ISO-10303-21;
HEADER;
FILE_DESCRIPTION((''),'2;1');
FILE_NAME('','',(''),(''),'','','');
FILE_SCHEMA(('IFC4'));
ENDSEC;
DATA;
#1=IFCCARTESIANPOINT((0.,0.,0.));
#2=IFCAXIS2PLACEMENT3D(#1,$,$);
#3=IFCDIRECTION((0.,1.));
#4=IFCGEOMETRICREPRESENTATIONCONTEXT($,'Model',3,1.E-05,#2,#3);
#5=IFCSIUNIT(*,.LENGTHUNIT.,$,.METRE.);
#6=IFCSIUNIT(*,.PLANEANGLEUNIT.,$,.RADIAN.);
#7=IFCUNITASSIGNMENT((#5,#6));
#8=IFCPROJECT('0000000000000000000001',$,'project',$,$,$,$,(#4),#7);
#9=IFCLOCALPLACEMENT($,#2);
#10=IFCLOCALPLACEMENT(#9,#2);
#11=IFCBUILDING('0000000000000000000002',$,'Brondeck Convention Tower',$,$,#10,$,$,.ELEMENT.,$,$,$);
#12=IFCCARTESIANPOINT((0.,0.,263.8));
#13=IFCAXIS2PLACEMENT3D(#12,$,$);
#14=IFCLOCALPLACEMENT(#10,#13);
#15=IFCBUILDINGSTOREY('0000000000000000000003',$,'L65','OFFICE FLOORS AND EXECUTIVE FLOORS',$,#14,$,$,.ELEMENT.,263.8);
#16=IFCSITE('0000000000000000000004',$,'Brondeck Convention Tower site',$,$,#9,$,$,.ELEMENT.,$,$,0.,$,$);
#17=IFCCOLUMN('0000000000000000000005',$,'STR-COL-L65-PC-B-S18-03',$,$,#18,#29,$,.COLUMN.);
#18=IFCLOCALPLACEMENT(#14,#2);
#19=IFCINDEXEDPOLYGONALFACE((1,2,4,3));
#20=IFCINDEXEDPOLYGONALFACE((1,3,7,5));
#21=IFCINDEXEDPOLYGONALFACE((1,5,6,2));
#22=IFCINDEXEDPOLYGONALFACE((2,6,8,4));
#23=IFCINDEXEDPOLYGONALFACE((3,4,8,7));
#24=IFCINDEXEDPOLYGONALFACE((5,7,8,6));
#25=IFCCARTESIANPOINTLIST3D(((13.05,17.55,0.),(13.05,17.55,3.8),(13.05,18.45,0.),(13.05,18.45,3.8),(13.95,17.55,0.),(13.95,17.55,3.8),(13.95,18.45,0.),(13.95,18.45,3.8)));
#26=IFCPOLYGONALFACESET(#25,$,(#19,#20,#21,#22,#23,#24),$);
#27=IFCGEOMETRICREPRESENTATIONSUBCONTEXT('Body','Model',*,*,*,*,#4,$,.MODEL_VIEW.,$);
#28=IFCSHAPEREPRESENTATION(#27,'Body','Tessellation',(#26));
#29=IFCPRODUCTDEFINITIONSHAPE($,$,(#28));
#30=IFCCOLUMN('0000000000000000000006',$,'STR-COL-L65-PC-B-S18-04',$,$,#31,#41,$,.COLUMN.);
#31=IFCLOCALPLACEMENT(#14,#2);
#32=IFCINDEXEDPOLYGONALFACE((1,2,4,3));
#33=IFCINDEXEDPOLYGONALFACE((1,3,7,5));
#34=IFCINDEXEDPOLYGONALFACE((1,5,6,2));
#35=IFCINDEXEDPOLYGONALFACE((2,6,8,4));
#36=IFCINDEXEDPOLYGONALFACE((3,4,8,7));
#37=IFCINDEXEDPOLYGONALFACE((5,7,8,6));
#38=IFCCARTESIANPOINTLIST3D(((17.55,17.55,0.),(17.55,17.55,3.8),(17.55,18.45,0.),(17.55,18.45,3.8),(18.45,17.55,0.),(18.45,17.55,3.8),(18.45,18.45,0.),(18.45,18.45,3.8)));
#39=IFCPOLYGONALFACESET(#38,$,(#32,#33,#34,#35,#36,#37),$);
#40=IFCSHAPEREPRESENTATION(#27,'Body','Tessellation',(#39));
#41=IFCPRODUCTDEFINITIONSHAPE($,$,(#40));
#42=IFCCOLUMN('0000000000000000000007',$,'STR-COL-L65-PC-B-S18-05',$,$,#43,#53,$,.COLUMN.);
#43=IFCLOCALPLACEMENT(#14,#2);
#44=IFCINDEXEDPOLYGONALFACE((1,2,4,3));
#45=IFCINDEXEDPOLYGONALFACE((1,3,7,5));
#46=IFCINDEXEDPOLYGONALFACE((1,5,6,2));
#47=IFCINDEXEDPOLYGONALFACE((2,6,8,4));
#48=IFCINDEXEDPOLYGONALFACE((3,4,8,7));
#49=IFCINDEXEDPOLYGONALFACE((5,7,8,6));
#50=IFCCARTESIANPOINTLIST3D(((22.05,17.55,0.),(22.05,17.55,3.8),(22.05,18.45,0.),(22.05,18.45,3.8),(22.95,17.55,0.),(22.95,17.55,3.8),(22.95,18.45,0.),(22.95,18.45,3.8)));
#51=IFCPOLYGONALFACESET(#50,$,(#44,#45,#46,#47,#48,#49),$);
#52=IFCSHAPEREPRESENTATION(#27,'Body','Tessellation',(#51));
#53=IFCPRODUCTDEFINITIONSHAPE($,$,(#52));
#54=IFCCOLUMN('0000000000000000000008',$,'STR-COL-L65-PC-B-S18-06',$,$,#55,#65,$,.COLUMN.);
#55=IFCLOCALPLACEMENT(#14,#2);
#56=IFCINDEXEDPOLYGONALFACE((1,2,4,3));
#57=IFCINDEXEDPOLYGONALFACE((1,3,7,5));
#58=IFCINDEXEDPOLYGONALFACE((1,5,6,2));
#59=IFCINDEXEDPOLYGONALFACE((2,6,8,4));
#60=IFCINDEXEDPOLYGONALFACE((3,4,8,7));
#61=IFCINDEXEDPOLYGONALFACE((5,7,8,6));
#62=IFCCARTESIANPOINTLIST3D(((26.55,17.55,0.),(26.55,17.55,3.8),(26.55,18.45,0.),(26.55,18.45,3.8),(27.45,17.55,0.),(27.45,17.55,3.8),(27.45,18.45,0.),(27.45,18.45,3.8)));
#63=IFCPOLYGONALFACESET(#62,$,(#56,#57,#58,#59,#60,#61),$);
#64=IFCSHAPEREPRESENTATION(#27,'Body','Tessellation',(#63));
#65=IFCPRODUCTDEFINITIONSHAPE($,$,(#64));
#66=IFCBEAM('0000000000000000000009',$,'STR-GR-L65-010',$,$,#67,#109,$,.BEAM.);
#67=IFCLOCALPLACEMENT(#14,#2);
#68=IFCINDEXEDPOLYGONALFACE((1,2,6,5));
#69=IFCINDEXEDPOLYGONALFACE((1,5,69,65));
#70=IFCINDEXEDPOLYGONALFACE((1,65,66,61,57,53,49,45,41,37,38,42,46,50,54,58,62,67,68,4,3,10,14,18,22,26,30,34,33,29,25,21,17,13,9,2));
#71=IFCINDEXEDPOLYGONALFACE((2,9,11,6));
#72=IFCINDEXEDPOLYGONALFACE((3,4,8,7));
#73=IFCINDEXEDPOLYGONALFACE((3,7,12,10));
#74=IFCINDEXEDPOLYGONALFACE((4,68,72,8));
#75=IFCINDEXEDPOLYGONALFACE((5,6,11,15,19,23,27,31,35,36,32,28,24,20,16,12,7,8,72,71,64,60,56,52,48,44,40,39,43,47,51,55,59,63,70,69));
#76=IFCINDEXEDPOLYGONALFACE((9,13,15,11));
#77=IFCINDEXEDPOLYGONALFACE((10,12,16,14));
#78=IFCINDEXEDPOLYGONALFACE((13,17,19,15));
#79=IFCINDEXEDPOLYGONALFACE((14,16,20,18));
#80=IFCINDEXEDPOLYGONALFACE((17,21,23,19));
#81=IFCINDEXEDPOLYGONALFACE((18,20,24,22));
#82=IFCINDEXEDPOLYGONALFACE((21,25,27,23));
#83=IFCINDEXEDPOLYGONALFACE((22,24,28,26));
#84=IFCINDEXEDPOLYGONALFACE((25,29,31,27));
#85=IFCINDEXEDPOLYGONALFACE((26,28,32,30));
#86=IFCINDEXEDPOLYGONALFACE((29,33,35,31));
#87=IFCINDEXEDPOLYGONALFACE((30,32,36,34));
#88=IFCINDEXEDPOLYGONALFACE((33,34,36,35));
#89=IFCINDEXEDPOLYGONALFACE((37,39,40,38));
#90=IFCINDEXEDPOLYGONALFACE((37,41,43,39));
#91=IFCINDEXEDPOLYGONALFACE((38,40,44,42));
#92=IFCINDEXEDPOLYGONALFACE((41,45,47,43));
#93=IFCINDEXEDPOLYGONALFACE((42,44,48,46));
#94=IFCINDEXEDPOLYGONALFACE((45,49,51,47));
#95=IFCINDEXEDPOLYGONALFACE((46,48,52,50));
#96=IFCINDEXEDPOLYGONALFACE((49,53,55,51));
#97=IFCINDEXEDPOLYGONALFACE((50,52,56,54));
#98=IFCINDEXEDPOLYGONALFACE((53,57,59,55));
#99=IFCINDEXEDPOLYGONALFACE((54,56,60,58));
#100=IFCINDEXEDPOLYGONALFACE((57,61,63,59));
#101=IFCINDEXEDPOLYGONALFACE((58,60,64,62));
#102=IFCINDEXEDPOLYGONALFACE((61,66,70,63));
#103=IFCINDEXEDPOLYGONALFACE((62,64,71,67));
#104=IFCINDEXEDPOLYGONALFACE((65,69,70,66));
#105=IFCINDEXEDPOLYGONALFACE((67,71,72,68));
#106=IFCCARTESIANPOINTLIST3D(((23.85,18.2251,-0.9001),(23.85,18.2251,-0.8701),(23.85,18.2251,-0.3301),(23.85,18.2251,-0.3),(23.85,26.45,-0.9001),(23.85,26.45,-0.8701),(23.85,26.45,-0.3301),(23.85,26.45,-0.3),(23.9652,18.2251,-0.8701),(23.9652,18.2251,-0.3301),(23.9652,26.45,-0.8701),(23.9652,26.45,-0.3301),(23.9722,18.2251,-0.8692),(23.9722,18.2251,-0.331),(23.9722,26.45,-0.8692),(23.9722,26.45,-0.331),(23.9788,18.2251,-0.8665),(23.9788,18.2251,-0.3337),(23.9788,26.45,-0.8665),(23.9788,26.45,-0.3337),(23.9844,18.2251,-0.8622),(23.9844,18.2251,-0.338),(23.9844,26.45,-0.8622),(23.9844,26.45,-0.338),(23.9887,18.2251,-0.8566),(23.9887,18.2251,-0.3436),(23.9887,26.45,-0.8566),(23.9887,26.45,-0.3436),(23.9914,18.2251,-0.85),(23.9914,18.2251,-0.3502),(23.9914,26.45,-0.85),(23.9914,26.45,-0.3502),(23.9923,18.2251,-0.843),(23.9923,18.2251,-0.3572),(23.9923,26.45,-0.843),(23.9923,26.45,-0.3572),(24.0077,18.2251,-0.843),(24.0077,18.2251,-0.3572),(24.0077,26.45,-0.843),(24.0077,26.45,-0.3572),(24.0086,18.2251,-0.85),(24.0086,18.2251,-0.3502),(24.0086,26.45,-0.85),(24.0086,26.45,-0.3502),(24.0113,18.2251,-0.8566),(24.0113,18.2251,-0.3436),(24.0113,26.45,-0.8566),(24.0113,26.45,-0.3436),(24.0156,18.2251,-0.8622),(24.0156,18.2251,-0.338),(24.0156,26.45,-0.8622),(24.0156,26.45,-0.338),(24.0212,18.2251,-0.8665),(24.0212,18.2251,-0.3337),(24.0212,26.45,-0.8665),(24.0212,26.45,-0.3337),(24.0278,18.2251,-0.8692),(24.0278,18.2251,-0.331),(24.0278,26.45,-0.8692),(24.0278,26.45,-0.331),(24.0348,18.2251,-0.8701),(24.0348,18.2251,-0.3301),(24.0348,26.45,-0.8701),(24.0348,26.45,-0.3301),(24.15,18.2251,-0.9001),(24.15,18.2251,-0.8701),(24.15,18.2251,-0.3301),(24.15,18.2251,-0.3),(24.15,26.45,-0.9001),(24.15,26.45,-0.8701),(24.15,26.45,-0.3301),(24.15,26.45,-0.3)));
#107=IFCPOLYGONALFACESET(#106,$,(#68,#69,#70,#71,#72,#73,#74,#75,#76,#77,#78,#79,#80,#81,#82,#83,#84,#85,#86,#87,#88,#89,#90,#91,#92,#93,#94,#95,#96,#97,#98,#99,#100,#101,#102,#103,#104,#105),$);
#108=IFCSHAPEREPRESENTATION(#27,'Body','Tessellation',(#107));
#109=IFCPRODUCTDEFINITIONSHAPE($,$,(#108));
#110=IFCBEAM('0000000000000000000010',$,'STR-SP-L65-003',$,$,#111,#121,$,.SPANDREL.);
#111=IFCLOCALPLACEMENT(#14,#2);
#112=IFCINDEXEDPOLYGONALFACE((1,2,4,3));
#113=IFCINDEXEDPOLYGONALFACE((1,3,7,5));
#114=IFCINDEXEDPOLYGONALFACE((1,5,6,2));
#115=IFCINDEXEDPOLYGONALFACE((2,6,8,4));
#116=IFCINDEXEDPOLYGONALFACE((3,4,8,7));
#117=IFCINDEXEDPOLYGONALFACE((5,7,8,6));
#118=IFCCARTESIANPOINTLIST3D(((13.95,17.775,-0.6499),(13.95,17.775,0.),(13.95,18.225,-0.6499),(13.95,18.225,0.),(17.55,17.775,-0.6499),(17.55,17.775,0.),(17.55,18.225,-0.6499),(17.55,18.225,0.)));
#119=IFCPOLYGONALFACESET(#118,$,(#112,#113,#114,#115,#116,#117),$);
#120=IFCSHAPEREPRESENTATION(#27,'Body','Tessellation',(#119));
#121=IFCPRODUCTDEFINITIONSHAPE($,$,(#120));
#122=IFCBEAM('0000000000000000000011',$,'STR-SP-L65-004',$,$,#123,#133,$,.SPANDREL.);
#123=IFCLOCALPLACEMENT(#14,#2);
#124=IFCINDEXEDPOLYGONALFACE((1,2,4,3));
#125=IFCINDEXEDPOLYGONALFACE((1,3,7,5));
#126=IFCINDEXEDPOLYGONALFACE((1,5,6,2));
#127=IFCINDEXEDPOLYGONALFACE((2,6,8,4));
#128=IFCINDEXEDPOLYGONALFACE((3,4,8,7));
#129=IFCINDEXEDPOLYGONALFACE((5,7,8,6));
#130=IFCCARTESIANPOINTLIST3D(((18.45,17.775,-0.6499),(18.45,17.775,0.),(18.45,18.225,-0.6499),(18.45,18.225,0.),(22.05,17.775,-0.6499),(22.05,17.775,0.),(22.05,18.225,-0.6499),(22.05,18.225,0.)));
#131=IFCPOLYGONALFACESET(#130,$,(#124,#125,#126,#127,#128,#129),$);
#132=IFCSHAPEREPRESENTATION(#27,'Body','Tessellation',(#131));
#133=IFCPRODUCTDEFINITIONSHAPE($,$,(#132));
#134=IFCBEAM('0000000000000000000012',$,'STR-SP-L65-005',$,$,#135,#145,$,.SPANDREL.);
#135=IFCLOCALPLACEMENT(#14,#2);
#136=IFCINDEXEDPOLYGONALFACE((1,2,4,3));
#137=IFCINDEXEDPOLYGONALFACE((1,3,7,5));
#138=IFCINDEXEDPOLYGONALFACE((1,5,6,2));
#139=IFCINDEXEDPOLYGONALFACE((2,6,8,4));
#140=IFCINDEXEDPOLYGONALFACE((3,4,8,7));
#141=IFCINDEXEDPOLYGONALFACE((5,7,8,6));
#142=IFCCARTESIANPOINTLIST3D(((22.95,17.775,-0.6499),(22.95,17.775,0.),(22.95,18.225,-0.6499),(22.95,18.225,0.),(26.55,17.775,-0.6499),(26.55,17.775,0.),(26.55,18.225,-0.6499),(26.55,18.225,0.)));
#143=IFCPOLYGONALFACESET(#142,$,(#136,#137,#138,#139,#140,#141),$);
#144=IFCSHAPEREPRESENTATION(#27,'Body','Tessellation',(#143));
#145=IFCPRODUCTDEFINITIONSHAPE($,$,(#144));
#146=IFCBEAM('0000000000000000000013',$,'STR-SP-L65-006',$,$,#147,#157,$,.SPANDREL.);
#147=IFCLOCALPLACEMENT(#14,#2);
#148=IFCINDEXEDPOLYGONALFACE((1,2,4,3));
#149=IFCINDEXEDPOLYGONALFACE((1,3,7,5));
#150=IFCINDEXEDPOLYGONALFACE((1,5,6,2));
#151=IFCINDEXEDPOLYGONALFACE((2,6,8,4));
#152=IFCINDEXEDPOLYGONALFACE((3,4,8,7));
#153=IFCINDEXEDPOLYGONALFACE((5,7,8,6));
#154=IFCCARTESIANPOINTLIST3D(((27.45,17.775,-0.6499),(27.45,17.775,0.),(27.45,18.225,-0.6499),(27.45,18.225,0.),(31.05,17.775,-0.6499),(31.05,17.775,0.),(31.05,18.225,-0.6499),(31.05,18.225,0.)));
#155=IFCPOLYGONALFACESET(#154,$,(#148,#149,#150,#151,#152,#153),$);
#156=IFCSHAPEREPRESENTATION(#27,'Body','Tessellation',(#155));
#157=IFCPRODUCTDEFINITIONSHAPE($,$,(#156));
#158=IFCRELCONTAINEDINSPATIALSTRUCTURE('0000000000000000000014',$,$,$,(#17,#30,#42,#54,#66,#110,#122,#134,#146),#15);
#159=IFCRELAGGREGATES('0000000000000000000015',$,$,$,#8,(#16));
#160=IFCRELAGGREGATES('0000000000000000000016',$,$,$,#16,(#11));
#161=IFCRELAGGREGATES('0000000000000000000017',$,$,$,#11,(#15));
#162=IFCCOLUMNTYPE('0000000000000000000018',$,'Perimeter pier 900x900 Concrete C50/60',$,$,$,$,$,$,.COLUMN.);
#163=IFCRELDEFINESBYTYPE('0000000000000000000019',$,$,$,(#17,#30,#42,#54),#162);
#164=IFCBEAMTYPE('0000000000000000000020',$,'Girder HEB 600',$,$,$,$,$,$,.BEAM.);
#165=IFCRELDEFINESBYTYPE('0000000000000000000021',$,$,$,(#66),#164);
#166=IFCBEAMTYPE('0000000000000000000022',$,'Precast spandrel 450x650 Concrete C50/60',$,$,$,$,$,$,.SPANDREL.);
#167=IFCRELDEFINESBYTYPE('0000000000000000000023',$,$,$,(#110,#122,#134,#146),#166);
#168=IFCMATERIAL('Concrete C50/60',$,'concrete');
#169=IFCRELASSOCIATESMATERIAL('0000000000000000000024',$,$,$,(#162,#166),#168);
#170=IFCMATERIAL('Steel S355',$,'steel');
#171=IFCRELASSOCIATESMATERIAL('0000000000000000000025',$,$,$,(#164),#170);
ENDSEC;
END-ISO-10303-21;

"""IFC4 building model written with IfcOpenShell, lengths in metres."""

from ifc_helpers import new_model, si_unit, direction, frame, origin, origin_2d, place, context, subcontext, project, spatial, rectangle, i_section, extrude, material, material_profile, profile_set, type_object, element, save


model = new_model("IFC4")

# Units and contexts
model_context = context("Model", 3, precision=1e-05, world=origin(), true_north=direction((0.0, 1.0)))
body_context = subcontext(model_context, "Body", "Model", "MODEL_VIEW")
ifc_project = project(units=[si_unit("LENGTHUNIT", "METRE"), si_unit("PLANEANGLEUNIT", "RADIAN")], contexts=[model_context])

# Site, building, storey
site_placement = place(None, origin())
site = spatial("IfcSite", under=ifc_project, at=site_placement, Name="Brondeck Convention Tower site", CompositionType="ELEMENT", RefElevation=0.0)
building_placement = place(site_placement, origin())
building = spatial("IfcBuilding", under=site, at=building_placement, Name="Brondeck Convention Tower", CompositionType="ELEMENT")
storey_placement = place(building_placement, frame((0.0, 0.0, 263.8)))
storey = spatial("IfcBuildingStorey", under=building, at=storey_placement, Name="L65", Description="OFFICE FLOORS AND EXECUTIVE FLOORS", CompositionType="ELEMENT", Elevation=263.8)

# Columns
ifc_material_1 = material(Name="Concrete C50/60", Category="concrete")
ifc_material_profile_1 = material_profile(ifc_material_1, rectangle(XDim=0.8999, YDim=0.8999, at=origin_2d()), Name="Perimeter pier 900x900 Concrete C50/60")
ifc_profile_set_1 = profile_set([ifc_material_profile_1], Name="Concrete C50/60")
column_type = type_object("IfcColumnType", Name="Perimeter pier 900x900 Concrete C50/60", PredefinedType="COLUMN", material=ifc_profile_set_1)
for number, where, z_axis, x_axis, name in (
    (1, (13.5, 18.0, 0.0), (0.0, 0.0, 1.0), (1.0, 0.0, 0.0), "STR-COL-L65-PC-B-S18-03"),
    (2, (18.0, 18.0, 0.0), (0.0, 0.0, 1.0), (1.0, 0.0, 0.0), "STR-COL-L65-PC-B-S18-04"),
    (3, (22.5, 18.0, 0.0), (0.0, 0.0, 1.0), (1.0, 0.0, 0.0), "STR-COL-L65-PC-B-S18-05"),
    (4, (27.0, 18.0, 0.0), (0.0, 0.0, 1.0), (1.0, 0.0, 0.0), "STR-COL-L65-PC-B-S18-06"),
):
    element("IfcColumn", number, at=place(storey_placement, frame(where, z_axis=z_axis, x_axis=x_axis)), inside=storey, type_object=column_type, Name=name, PredefinedType="COLUMN", context=body_context, shape_type="SweptSolid", body=[
        extrude(rectangle(XDim=0.8999, YDim=0.8999, at=origin_2d()), origin(), (0.0, 0.0, 1.0), 3.8),
    ])

# Beams
ifc_material_2 = material(Name="Steel S355", Category="steel")
ifc_material_profile_2 = material_profile(ifc_material_2, i_section(OverallWidth=0.3, OverallDepth=0.6001, WebThickness=0.0154, FlangeThickness=0.03, FilletRadius=0.0271, at=origin_2d()), Name="HEB 600")
ifc_profile_set_2 = profile_set([ifc_material_profile_2], Name="Steel S355")
beam_type_1 = type_object("IfcBeamType", Name="Girder HEB 600", PredefinedType="BEAM", material=ifc_profile_set_2)
beam_placement = place(storey_placement, frame((24.0, 26.45, -0.6001), z_axis=(0.0, -1.0, 0.0), x_axis=(1.0, 0.0, 0.0)))
element("IfcBeam", 5, at=beam_placement, inside=storey, type_object=beam_type_1, Name="STR-GR-L65-010", PredefinedType="BEAM", context=body_context, shape_type="SweptSolid", body=[
    extrude(i_section(OverallWidth=0.3, OverallDepth=0.6001, WebThickness=0.0154, FlangeThickness=0.03, FilletRadius=0.0271, at=origin_2d()), origin(), (0.0, 0.0, 1.0), 8.2249),
])
ifc_material_profile_3 = material_profile(ifc_material_1, rectangle(XDim=0.45, YDim=0.6499, at=origin_2d()), Name="Precast spandrel 450x650 Concrete C50/60")
ifc_profile_set_3 = profile_set([ifc_material_profile_3], Name="Concrete C50/60")
beam_type_2 = type_object("IfcBeamType", Name="Precast spandrel 450x650 Concrete C50/60", PredefinedType="SPANDREL", material=ifc_profile_set_3)
for number, where, z_axis, x_axis, name in (
    (6, (13.95, 18.0, -0.325), (1.0, 0.0, 0.0), (0.0, 1.0, 0.0), "STR-SP-L65-003"),
    (7, (18.45, 18.0, -0.325), (1.0, 0.0, 0.0), (0.0, 1.0, 0.0), "STR-SP-L65-004"),
    (8, (22.95, 18.0, -0.325), (1.0, 0.0, 0.0), (0.0, 1.0, 0.0), "STR-SP-L65-005"),
    (9, (27.45, 18.0, -0.325), (1.0, 0.0, 0.0), (0.0, 1.0, 0.0), "STR-SP-L65-006"),
):
    element("IfcBeam", number, at=place(storey_placement, frame(where, z_axis=z_axis, x_axis=x_axis)), inside=storey, type_object=beam_type_2, Name=name, PredefinedType="SPANDREL", context=body_context, shape_type="SweptSolid", body=[
        extrude(rectangle(XDim=0.45, YDim=0.6499, at=origin_2d()), origin(), (0.0, 0.0, 1.0), 3.6001),
    ])

save(model, "model.ifc")
